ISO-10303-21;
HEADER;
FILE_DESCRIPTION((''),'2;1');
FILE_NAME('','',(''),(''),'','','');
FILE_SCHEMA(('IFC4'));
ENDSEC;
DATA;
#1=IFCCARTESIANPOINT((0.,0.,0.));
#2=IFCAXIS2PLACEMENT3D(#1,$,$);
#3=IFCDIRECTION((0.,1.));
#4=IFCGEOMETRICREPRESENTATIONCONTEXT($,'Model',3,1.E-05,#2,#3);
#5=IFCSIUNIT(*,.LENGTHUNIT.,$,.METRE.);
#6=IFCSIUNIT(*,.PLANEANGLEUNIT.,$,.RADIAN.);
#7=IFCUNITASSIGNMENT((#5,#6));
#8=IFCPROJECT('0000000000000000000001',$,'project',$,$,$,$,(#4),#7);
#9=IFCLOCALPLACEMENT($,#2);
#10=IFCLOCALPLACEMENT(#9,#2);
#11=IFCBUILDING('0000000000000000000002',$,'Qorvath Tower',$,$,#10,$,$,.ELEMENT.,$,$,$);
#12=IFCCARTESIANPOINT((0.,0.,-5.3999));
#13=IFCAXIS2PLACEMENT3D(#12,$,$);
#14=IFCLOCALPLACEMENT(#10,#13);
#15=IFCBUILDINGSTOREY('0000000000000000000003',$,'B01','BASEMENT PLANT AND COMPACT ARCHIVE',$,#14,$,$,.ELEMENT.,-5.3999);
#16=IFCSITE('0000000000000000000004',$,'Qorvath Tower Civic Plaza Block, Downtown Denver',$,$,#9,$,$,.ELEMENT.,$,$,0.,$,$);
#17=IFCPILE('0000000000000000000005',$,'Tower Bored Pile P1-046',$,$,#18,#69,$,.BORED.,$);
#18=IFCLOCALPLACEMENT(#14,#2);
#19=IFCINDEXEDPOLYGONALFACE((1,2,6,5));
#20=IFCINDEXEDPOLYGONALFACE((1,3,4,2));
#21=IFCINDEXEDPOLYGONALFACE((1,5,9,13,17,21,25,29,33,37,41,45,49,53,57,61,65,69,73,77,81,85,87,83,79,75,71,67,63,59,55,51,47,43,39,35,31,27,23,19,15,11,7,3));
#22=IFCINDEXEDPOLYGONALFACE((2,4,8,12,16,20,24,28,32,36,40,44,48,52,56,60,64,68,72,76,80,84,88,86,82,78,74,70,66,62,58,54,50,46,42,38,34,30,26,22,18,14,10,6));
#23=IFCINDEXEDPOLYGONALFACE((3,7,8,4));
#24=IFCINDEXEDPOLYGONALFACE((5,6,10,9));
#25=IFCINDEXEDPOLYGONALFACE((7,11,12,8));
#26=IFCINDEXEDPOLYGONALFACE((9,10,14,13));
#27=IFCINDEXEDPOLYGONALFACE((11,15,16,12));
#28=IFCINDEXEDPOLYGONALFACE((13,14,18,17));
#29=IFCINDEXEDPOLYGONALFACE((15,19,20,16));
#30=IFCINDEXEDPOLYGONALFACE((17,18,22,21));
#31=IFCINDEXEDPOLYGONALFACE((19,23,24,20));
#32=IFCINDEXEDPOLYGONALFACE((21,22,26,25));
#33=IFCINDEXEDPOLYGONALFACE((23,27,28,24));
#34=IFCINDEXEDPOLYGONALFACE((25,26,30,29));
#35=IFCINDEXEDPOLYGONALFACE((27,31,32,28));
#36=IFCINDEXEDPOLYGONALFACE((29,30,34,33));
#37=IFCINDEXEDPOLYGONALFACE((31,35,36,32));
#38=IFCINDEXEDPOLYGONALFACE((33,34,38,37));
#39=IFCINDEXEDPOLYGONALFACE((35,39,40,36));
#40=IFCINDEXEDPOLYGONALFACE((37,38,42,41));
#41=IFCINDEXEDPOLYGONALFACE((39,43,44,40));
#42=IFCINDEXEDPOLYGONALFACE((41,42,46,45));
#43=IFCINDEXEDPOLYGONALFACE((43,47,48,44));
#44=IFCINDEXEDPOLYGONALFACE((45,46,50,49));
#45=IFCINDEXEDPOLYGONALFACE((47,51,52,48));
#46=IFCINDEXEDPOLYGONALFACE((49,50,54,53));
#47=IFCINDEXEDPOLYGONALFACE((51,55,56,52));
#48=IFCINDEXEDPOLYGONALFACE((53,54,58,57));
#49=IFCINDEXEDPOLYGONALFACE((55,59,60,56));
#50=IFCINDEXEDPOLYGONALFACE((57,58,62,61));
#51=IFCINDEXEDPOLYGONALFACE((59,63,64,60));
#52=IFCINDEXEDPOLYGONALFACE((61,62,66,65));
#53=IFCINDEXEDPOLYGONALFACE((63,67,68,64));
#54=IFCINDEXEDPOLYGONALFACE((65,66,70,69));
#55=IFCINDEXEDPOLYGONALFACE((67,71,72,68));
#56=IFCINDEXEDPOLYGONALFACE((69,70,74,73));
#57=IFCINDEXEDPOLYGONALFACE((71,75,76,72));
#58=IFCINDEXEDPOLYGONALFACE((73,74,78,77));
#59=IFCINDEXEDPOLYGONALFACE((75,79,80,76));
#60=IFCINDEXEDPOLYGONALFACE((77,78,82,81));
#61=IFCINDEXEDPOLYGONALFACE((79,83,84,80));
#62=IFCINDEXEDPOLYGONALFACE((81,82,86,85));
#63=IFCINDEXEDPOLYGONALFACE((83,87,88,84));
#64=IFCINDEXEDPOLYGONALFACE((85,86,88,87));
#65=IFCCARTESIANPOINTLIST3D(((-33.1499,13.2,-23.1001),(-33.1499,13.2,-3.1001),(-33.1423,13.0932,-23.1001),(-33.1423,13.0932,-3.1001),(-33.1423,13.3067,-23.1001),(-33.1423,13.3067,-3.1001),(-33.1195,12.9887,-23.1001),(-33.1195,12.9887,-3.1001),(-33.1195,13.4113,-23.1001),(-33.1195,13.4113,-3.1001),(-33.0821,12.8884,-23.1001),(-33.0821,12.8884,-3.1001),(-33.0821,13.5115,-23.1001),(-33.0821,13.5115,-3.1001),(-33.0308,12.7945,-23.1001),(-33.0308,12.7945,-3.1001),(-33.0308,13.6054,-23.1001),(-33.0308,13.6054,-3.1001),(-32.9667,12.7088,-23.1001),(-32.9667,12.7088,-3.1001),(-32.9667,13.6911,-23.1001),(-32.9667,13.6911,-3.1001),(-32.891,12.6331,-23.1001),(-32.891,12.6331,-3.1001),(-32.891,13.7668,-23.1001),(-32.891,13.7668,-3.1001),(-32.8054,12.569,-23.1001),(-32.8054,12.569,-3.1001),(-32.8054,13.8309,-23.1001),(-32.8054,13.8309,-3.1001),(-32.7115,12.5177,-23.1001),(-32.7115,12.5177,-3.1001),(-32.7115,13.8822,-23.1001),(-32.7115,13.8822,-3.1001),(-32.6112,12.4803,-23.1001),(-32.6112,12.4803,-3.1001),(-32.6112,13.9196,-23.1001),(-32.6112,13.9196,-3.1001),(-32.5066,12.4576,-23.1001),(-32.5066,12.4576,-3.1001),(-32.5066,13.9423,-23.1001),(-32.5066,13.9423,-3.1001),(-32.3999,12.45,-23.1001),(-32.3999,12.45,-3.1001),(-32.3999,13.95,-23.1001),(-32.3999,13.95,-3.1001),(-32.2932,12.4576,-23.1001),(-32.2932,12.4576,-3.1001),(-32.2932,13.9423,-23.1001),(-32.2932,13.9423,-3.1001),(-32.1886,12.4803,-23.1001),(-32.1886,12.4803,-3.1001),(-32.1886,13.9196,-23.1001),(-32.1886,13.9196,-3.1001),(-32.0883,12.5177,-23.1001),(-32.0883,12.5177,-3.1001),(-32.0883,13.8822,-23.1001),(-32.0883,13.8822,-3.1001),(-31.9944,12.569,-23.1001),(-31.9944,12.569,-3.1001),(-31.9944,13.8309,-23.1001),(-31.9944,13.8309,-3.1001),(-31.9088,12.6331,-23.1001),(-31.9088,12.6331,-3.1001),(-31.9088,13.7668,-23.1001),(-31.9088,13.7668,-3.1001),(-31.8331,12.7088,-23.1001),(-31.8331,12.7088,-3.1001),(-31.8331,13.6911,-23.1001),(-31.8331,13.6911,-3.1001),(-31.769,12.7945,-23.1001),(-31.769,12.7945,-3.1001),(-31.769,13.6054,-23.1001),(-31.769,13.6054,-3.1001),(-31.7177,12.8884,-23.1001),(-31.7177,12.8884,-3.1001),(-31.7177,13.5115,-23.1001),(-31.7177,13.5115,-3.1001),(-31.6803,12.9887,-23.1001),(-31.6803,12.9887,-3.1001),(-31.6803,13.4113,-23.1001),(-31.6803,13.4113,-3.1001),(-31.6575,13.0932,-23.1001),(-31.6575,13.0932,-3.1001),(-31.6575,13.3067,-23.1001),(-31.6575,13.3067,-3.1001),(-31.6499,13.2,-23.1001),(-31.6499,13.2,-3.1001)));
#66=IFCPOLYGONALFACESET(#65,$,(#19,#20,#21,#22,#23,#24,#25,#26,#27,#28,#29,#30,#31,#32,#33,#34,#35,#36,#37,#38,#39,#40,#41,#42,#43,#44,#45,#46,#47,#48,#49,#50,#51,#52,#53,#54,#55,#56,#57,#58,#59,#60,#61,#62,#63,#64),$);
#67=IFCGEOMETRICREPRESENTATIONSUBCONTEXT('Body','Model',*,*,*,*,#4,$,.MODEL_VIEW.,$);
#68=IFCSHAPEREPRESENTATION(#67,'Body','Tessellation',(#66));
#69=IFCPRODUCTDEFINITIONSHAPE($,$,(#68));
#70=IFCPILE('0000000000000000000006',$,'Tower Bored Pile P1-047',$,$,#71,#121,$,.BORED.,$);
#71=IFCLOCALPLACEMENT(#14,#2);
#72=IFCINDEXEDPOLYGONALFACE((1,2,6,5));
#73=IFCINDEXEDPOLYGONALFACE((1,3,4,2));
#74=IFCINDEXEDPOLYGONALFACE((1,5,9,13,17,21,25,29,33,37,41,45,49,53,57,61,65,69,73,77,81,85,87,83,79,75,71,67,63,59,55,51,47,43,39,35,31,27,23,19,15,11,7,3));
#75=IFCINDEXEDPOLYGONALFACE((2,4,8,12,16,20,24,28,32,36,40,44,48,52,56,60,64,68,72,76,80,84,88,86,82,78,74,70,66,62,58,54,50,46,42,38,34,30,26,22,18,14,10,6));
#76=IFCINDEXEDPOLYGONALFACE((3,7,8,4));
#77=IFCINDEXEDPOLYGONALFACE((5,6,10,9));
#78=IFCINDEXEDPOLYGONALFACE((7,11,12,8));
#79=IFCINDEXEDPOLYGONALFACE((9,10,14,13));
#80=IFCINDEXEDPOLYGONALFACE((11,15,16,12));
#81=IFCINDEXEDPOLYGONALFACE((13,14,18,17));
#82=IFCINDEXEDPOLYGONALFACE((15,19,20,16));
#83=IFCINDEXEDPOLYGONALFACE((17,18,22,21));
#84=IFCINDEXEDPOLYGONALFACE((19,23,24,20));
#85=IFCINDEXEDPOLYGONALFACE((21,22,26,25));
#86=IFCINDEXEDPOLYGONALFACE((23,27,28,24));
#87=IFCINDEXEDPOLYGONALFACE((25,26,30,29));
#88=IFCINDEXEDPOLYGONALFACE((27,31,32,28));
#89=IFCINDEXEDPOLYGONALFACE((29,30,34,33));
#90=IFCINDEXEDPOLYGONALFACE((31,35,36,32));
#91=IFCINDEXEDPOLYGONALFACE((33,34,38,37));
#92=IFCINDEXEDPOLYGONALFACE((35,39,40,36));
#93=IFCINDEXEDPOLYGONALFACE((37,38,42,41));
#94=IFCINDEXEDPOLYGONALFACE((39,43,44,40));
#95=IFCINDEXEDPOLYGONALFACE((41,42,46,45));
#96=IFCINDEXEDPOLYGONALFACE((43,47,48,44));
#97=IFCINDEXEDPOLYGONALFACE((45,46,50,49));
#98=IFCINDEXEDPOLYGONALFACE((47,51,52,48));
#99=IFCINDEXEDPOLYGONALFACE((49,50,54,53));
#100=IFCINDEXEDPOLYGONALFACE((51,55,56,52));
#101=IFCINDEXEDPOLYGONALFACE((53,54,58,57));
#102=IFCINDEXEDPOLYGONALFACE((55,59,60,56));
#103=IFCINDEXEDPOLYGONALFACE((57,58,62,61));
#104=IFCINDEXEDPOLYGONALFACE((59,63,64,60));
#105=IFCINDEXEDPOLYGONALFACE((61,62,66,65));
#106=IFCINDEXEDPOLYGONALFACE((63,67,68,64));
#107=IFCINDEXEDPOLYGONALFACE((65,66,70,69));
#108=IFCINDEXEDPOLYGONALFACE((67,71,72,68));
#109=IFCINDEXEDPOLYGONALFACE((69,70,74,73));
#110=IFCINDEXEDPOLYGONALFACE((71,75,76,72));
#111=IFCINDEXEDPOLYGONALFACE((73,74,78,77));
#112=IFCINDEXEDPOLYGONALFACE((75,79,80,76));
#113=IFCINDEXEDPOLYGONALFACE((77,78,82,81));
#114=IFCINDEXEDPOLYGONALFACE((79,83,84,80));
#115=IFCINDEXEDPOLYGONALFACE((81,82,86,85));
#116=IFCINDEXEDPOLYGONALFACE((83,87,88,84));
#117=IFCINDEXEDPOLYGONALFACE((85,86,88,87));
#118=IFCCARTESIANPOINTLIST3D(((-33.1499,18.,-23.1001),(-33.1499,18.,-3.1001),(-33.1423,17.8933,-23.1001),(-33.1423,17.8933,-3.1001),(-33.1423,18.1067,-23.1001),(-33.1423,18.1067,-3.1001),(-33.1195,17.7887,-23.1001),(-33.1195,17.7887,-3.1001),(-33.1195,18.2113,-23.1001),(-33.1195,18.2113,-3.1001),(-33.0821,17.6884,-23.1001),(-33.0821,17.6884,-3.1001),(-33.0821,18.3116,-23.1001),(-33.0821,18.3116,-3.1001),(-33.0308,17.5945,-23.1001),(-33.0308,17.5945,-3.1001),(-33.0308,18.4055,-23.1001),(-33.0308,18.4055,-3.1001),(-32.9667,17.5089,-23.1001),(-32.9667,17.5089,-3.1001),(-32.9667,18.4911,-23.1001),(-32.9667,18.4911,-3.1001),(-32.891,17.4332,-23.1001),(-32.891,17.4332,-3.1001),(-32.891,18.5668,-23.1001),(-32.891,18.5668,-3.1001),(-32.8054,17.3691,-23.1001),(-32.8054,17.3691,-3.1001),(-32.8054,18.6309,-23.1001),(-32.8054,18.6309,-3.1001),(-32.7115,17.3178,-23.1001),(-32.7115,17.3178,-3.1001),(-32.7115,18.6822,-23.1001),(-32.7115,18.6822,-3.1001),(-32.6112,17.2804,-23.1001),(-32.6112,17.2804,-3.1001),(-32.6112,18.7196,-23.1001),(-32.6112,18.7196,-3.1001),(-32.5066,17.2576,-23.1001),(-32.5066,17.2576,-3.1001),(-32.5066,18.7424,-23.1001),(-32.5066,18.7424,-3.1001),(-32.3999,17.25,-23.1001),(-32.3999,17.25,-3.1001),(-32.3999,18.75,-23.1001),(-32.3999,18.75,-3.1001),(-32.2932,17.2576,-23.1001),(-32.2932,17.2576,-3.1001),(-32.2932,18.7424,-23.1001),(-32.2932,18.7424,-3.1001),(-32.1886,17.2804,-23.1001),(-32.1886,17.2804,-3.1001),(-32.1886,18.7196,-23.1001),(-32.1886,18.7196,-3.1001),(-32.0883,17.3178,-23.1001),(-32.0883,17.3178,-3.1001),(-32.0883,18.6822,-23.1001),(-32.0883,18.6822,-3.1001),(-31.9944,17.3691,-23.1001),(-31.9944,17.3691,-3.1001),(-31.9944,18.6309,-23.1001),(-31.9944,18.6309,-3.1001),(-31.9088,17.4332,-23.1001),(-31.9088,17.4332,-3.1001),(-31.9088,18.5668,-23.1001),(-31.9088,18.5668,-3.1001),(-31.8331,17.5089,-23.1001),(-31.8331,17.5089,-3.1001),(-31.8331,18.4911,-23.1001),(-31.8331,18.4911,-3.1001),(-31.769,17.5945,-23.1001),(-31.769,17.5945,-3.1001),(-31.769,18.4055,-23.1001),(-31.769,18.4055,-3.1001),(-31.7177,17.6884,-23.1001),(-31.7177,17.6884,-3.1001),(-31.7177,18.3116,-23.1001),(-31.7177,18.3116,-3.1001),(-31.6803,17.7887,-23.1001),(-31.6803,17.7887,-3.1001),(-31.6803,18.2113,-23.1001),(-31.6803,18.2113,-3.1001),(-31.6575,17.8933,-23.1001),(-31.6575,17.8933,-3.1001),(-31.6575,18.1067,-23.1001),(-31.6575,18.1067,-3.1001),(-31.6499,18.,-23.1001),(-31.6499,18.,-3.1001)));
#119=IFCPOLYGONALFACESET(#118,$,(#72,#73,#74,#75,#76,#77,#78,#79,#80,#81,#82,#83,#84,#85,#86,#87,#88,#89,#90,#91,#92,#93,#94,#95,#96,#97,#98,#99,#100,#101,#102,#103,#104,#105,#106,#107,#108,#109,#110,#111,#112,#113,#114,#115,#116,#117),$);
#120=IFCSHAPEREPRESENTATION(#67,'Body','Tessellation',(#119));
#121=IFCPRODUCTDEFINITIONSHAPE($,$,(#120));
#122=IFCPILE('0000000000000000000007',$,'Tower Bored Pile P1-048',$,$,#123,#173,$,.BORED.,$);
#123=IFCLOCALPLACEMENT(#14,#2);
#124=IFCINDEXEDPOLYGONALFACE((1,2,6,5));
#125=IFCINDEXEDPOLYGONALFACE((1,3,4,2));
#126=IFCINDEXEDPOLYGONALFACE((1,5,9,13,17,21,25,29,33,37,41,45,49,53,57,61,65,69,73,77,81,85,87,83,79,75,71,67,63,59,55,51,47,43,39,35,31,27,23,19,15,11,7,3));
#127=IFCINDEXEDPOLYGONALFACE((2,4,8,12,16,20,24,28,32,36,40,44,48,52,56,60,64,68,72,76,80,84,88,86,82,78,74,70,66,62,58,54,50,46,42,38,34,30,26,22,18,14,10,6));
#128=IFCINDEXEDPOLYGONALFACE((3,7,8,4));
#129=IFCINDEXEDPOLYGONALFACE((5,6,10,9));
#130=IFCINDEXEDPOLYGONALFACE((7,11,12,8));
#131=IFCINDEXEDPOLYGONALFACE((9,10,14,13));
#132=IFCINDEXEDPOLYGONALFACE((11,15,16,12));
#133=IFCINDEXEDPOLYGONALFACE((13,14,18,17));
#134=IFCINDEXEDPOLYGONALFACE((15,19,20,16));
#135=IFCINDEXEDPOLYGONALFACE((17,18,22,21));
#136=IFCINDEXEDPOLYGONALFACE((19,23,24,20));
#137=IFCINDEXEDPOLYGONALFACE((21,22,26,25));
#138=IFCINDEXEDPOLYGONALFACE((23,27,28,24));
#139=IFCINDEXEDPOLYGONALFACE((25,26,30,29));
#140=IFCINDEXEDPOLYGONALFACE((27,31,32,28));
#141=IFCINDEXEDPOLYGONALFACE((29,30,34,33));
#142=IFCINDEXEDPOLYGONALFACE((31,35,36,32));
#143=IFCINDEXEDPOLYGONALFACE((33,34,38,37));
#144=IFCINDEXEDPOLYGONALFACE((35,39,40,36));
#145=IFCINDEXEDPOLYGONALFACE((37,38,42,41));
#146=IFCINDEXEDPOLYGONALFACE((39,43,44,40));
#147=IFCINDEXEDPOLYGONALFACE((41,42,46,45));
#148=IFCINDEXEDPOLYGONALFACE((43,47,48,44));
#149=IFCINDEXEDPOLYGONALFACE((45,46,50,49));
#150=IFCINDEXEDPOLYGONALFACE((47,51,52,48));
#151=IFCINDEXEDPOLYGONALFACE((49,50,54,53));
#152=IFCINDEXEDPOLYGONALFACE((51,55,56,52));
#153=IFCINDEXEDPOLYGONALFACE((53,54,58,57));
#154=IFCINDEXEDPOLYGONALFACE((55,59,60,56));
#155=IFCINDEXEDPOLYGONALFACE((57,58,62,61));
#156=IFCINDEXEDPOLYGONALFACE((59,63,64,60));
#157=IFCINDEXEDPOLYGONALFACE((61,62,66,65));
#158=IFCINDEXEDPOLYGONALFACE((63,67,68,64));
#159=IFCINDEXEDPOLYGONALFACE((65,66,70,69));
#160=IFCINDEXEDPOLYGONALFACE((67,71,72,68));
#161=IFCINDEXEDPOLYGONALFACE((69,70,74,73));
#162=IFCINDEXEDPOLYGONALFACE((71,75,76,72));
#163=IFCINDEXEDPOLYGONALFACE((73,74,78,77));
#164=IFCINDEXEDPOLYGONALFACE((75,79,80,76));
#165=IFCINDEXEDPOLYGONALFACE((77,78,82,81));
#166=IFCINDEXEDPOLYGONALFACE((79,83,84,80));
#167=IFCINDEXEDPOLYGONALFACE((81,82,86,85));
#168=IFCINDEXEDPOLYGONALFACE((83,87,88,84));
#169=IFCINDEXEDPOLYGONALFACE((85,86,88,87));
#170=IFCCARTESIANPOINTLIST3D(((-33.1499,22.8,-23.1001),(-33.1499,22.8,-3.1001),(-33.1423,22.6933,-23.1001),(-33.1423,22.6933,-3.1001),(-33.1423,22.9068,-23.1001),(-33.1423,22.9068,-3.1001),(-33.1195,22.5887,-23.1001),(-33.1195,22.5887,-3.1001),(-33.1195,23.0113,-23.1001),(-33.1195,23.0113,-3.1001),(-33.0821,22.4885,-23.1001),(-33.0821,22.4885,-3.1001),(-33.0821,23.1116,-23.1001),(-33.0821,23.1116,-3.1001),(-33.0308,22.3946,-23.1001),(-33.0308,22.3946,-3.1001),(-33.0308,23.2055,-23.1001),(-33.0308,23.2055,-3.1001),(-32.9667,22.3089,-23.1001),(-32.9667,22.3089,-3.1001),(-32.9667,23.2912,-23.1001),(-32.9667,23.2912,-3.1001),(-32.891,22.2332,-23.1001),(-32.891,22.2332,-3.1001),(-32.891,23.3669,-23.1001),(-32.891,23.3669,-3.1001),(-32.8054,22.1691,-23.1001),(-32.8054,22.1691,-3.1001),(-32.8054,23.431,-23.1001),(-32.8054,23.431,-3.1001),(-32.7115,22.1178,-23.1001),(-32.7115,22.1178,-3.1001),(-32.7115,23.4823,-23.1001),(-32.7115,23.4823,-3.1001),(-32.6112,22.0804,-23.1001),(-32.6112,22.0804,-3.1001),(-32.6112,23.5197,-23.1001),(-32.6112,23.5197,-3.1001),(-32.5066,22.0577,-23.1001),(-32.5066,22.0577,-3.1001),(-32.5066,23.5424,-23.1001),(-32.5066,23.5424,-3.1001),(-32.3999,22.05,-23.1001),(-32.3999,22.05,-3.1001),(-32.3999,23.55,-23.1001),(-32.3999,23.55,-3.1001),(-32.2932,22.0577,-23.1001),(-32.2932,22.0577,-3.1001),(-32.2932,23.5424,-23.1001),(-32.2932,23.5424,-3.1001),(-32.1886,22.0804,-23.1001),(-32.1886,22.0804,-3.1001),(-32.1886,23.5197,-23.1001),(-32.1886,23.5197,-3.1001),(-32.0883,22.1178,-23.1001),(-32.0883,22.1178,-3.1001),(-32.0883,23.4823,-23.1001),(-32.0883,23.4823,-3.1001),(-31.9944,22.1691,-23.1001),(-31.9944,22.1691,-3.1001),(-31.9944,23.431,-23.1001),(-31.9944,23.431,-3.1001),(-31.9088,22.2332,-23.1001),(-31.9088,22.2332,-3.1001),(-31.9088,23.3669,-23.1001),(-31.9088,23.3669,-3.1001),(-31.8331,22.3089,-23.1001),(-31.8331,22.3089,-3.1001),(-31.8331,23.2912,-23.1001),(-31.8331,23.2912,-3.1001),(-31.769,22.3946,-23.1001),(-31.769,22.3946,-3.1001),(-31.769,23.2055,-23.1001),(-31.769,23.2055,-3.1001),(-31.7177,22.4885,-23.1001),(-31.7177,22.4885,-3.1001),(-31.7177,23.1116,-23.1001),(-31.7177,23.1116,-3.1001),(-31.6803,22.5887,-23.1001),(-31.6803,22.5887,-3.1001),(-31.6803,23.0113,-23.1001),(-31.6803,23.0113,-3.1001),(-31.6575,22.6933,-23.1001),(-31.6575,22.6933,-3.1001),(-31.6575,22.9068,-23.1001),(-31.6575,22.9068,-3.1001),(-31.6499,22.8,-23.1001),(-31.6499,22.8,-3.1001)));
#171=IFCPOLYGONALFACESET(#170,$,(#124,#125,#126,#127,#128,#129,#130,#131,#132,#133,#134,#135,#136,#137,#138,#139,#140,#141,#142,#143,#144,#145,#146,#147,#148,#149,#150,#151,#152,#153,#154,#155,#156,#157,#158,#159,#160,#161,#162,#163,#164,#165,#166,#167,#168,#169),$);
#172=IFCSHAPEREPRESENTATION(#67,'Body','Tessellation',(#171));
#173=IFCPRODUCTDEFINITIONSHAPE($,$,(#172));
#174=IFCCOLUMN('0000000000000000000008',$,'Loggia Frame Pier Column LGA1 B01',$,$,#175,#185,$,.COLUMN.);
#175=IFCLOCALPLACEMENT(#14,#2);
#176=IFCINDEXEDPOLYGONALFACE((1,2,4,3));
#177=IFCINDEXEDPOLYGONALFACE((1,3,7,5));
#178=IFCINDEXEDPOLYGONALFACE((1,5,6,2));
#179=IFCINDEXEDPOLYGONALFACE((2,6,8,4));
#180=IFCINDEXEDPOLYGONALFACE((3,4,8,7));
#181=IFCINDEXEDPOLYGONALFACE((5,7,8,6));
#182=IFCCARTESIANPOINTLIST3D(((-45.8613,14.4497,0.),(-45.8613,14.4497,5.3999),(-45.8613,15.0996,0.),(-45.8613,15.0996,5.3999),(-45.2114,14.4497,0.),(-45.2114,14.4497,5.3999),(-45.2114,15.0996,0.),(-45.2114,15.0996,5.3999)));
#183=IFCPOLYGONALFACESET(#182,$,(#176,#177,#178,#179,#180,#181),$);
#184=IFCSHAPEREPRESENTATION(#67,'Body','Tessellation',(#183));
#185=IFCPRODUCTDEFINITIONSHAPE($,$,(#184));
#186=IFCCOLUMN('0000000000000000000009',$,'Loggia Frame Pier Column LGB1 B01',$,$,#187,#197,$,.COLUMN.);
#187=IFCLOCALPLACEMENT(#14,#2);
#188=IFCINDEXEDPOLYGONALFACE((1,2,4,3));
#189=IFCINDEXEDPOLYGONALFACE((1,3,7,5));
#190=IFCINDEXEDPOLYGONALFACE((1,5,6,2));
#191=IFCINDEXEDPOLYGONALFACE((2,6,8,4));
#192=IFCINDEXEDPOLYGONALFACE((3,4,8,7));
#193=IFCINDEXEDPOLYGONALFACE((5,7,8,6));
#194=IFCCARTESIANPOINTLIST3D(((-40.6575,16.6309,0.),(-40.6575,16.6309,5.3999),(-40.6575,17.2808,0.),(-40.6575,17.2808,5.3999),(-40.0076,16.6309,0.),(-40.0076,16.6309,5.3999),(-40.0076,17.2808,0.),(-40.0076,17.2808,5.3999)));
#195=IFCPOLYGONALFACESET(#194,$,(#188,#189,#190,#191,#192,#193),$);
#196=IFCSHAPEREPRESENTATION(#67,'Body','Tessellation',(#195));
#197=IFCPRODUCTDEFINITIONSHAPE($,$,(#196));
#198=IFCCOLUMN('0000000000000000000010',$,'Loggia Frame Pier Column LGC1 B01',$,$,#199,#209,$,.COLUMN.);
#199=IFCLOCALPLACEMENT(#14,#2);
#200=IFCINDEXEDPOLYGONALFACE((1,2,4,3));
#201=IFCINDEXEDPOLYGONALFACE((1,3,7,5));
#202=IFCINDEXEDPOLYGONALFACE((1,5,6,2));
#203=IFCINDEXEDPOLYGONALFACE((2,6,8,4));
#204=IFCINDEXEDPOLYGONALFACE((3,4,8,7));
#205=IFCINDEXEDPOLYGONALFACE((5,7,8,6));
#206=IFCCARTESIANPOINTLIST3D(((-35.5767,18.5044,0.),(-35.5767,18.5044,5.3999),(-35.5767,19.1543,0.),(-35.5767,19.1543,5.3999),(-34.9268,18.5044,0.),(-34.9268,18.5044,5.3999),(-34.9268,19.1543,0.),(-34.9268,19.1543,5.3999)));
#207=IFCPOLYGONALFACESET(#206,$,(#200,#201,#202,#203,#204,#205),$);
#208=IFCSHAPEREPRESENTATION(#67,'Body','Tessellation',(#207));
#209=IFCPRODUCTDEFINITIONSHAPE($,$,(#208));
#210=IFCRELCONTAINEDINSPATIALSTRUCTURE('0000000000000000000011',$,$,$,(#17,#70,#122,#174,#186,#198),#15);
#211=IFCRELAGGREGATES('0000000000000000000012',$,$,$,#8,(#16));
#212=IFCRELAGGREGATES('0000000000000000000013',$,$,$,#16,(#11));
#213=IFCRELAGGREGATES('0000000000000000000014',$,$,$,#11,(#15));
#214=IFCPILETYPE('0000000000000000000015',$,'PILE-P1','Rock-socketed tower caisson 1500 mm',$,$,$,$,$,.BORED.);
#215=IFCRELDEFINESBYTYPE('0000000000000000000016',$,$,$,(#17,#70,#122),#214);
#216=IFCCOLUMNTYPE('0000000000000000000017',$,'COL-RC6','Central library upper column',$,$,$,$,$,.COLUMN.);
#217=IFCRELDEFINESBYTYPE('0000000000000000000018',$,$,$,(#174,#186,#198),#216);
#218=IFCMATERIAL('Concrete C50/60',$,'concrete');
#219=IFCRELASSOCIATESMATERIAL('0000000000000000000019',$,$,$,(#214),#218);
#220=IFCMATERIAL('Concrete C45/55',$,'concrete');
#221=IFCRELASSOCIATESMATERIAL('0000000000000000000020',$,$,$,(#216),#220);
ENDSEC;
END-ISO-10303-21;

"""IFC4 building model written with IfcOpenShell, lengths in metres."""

from ifc_helpers import new_model, si_unit, direction, frame, origin, origin_2d, place, context, subcontext, project, spatial, rectangle, circle, extrude, material, material_profile, profile_set, type_object, element, save


model = new_model("IFC4")

# Units and contexts
model_context = context("Model", 3, precision=1e-05, world=origin(), true_north=direction((0.0, 1.0)))
body_context = subcontext(model_context, "Body", "Model", "MODEL_VIEW")
ifc_project = project(units=[si_unit("LENGTHUNIT", "METRE"), si_unit("PLANEANGLEUNIT", "RADIAN")], contexts=[model_context])

# Site, building, storey
site_placement = place(None, origin())
site = spatial("IfcSite", under=ifc_project, at=site_placement, Name="Qorvath Tower Civic Plaza Block, Downtown Denver", CompositionType="ELEMENT", RefElevation=0.0)
building_placement = place(site_placement, origin())
building = spatial("IfcBuilding", under=site, at=building_placement, Name="Qorvath Tower", CompositionType="ELEMENT")
storey_placement = place(building_placement, frame((0.0, 0.0, -5.3999)))
storey = spatial("IfcBuildingStorey", under=building, at=storey_placement, Name="B01", Description="BASEMENT PLANT AND COMPACT ARCHIVE", CompositionType="ELEMENT", Elevation=-5.3999)

# Piles
ifc_material_1 = material(Name="Concrete C50/60", Category="concrete")
ifc_material_profile_1 = material_profile(ifc_material_1, circle(Radius=0.75, at=origin_2d()), Name="BORED PILE 1500")
ifc_profile_set_1 = profile_set([ifc_material_profile_1], Name="Concrete C50/60")
pile_type = type_object("IfcPileType", Name="PILE-P1", Description="Rock-socketed tower caisson 1500 mm", PredefinedType="BORED", material=ifc_profile_set_1)
for number, where, z_axis, x_axis, name in (
    (1, (-32.3999, 13.2, -3.1001), (0.0, 0.0, -1.0), (1.0, 0.0, 0.0), "Tower Bored Pile P1-046"),
    (2, (-32.3999, 18.0, -3.1001), (0.0, 0.0, -1.0), (1.0, 0.0, 0.0), "Tower Bored Pile P1-047"),
    (3, (-32.3999, 22.8, -3.1001), (0.0, 0.0, -1.0), (1.0, 0.0, 0.0), "Tower Bored Pile P1-048"),
):
    element("IfcPile", number, at=place(storey_placement, frame(where, z_axis=z_axis, x_axis=x_axis)), inside=storey, type_object=pile_type, Name=name, PredefinedType="BORED", context=body_context, shape_type="SweptSolid", body=[
        extrude(circle(Radius=0.75, at=origin_2d()), origin(), (0.0, 0.0, 1.0), 20.0),
    ])

# Columns
ifc_material_2 = material(Name="Concrete C45/55", Category="concrete")
ifc_material_profile_2 = material_profile(ifc_material_2, rectangle(XDim=0.6499, YDim=0.6499, at=origin_2d()), Name="RC 650x650")
ifc_profile_set_2 = profile_set([ifc_material_profile_2], Name="Concrete C45/55")
column_type_1 = type_object("IfcColumnType", Name="COL-RC6", Description="Central library upper column", PredefinedType="COLUMN", material=ifc_profile_set_2)
for number, where, z_axis, x_axis, name in (
    (4, (-45.5364, 14.7747, 0.0), (0.0, 0.0, 1.0), (1.0, 0.0, 0.0), "Loggia Frame Pier Column LGA1 B01"),
    (5, (-40.3325, 16.9558, 0.0), (0.0, 0.0, 1.0), (1.0, 0.0, 0.0), "Loggia Frame Pier Column LGB1 B01"),
    (6, (-35.2517, 18.8293, 0.0), (0.0, 0.0, 1.0), (1.0, 0.0, 0.0), "Loggia Frame Pier Column LGC1 B01"),
):
    element("IfcColumn", number, at=place(storey_placement, frame(where, z_axis=z_axis, x_axis=x_axis)), inside=storey, type_object=column_type_1, Name=name, PredefinedType="COLUMN", context=body_context, shape_type="SweptSolid", body=[
        extrude(rectangle(XDim=0.6499, YDim=0.6499, at=origin_2d()), origin(), (0.0, 0.0, 1.0), 5.3999),
    ])

save(model, "model.ifc")
